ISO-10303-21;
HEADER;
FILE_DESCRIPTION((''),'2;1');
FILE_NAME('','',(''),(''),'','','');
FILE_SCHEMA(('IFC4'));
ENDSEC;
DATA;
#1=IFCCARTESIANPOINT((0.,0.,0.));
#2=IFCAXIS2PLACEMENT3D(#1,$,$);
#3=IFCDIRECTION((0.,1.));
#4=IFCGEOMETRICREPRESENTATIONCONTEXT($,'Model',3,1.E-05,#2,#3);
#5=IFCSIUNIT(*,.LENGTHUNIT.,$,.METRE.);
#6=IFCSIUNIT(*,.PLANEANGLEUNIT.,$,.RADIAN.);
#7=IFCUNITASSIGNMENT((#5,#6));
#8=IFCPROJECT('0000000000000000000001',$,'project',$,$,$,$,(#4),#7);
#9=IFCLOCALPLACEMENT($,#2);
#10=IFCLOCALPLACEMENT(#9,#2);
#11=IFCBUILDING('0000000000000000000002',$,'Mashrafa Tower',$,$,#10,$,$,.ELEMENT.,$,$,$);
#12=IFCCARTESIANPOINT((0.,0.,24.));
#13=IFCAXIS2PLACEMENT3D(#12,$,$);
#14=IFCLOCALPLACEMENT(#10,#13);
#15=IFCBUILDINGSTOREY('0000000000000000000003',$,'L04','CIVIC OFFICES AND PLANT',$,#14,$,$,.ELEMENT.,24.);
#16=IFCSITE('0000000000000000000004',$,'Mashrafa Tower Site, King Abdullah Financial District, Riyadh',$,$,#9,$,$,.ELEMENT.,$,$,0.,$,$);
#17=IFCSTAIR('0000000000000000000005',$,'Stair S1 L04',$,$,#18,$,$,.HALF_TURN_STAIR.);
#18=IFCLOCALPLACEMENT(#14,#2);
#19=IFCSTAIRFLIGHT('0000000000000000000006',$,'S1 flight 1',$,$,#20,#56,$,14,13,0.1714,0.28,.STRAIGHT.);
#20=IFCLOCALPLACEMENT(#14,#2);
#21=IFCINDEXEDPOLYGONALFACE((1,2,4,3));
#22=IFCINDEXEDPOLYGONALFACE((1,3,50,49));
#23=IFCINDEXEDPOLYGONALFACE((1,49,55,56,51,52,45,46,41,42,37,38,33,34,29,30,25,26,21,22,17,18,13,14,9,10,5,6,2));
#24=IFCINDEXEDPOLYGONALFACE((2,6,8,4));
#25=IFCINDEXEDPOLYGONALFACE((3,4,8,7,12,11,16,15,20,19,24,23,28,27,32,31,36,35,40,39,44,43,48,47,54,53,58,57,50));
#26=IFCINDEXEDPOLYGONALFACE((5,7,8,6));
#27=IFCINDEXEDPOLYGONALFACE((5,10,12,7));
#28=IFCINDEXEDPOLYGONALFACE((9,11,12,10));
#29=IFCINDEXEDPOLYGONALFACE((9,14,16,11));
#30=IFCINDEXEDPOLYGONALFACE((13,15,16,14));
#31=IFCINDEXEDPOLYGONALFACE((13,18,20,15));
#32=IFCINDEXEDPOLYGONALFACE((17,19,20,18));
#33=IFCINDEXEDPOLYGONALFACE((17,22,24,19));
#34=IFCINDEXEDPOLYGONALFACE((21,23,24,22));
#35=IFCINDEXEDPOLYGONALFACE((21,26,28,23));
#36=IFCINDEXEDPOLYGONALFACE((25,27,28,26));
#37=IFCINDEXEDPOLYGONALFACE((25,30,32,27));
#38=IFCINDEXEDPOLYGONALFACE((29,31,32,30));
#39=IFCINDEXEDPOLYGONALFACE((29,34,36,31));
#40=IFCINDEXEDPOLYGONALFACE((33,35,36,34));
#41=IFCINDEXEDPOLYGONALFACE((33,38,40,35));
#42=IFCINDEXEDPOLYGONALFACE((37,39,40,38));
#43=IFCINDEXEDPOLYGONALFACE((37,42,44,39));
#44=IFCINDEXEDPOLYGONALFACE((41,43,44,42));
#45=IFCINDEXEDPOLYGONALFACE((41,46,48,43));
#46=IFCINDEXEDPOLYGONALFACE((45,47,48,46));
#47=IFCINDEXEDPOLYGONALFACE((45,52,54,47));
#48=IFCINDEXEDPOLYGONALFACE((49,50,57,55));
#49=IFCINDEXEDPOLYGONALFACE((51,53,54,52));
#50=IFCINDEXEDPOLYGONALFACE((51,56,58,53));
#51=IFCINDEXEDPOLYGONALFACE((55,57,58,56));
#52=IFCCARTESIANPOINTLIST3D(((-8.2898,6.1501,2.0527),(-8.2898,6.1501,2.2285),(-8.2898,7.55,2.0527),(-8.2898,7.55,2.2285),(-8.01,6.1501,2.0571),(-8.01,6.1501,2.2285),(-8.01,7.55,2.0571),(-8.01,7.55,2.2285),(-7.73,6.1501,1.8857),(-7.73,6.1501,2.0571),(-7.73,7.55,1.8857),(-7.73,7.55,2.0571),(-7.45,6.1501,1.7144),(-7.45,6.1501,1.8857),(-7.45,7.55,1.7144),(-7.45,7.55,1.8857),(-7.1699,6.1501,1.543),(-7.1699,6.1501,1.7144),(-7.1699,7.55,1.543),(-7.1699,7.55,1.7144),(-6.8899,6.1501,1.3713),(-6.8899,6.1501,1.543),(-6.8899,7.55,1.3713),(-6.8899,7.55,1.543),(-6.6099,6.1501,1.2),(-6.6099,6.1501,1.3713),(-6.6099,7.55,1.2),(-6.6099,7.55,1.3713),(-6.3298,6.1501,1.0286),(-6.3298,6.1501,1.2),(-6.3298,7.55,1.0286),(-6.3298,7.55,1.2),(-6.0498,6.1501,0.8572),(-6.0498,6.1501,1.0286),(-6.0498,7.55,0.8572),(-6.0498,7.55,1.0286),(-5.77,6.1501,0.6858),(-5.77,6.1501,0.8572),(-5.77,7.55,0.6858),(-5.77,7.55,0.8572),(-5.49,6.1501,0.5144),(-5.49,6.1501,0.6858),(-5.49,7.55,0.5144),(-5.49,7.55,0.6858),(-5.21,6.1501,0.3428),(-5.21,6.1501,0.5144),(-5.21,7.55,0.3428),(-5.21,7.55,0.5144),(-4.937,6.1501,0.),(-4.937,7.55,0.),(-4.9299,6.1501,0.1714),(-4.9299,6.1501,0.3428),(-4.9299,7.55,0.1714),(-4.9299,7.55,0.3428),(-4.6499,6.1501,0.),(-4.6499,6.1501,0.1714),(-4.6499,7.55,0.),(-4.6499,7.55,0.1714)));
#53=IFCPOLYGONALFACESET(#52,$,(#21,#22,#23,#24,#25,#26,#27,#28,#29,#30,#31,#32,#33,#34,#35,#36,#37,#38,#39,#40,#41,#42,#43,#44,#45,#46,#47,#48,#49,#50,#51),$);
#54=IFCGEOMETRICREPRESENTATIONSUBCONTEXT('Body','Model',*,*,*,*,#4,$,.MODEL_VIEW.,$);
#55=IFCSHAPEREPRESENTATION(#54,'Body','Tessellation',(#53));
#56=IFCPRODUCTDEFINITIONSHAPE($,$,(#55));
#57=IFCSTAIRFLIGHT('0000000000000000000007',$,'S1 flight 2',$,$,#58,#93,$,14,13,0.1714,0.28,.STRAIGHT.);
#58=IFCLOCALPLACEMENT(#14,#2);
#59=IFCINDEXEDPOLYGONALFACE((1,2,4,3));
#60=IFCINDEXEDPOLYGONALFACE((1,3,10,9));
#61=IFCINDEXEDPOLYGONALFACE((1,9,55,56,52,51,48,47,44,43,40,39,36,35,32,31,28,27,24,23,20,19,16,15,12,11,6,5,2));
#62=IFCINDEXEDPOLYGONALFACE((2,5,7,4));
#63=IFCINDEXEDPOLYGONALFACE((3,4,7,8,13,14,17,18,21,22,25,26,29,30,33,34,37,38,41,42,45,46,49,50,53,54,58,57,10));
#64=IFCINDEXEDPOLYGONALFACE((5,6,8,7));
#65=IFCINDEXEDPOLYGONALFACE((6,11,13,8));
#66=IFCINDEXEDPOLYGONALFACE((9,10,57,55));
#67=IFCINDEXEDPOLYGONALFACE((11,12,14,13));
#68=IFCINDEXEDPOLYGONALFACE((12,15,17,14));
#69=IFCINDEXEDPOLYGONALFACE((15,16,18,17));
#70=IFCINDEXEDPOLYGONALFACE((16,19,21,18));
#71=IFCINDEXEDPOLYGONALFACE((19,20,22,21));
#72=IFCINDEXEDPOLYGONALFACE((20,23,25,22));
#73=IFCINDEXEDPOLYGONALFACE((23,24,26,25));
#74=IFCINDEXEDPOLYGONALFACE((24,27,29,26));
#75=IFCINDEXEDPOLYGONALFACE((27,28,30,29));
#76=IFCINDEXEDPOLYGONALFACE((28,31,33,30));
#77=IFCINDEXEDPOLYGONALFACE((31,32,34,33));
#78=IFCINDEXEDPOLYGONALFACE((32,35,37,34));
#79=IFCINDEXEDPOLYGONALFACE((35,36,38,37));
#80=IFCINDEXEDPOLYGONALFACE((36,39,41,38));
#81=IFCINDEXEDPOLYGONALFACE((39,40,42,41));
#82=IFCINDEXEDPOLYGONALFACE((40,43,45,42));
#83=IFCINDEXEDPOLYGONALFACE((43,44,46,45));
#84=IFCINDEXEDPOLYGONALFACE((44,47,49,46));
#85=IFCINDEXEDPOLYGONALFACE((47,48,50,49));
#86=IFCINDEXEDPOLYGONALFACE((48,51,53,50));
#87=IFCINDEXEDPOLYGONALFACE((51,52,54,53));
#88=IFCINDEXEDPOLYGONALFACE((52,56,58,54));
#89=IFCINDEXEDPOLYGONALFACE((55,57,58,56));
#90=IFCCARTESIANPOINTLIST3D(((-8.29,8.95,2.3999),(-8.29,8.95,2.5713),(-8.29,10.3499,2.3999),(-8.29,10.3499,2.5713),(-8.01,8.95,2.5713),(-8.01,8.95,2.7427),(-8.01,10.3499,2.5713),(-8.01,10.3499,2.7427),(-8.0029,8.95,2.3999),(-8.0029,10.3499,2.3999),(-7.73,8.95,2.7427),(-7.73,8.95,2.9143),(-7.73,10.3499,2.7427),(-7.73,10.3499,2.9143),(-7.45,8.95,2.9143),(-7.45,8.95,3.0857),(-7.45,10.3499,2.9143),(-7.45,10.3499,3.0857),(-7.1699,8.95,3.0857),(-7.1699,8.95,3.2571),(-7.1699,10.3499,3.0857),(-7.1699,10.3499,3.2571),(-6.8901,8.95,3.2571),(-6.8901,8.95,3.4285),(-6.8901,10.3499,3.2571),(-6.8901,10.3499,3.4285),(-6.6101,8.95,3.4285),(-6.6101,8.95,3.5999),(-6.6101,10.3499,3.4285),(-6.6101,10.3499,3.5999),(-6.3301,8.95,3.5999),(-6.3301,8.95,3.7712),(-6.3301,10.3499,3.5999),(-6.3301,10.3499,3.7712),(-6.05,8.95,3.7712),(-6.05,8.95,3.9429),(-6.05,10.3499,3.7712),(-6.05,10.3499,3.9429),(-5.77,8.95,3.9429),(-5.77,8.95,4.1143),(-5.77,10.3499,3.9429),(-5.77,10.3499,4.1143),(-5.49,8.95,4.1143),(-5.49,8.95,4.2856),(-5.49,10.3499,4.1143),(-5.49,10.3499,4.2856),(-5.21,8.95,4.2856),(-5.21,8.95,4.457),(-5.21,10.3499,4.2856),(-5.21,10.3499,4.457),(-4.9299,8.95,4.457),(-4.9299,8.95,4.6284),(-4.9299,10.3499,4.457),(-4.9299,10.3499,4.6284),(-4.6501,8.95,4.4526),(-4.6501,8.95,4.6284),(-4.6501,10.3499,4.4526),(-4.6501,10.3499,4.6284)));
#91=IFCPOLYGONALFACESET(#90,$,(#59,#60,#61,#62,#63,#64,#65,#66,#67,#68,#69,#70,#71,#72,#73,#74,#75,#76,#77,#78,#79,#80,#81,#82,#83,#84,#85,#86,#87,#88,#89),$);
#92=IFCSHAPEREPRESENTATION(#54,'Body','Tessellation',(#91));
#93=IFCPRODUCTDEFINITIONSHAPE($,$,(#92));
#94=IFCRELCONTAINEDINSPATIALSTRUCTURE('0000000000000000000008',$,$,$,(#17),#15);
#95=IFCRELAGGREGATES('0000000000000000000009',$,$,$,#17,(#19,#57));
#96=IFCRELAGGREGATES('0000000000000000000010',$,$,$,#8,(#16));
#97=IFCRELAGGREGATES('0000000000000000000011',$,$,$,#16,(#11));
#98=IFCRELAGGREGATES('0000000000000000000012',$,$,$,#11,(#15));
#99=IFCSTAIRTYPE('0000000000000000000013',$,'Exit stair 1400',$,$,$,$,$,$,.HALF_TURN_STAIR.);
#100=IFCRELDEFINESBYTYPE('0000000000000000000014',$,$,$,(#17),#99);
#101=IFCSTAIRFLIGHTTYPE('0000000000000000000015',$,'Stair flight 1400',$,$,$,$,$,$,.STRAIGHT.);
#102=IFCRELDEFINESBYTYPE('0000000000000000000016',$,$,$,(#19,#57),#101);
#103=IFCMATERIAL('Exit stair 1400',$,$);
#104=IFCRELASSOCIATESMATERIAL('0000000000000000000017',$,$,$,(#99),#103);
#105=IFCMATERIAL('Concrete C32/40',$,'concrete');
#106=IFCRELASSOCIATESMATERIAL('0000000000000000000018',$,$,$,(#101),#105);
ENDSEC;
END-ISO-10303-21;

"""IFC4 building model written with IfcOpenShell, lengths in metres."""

from ifc_helpers import new_model, si_unit, direction, frame, origin, place, context, subcontext, project, spatial, polyline, outline, extrude, material, type_object, element, aggregate, save


model = new_model("IFC4")

# Units and contexts
model_context = context("Model", 3, precision=1e-05, world=origin(), true_north=direction((0.0, 1.0)))
body_context = subcontext(model_context, "Body", "Model", "MODEL_VIEW")
ifc_project = project(units=[si_unit("LENGTHUNIT", "METRE"), si_unit("PLANEANGLEUNIT", "RADIAN")], contexts=[model_context])

# Site, building, storey
site_placement = place(None, origin())
site = spatial("IfcSite", under=ifc_project, at=site_placement, Name="Mashrafa Tower Site, King Abdullah Financial District, Riyadh", CompositionType="ELEMENT", RefElevation=0.0)
building_placement = place(site_placement, origin())
building = spatial("IfcBuilding", under=site, at=building_placement, Name="Mashrafa Tower", CompositionType="ELEMENT")
storey_placement = place(building_placement, frame((0.0, 0.0, 24.0)))
storey = spatial("IfcBuildingStorey", under=building, at=storey_placement, Name="L04", Description="CIVIC OFFICES AND PLANT", CompositionType="ELEMENT", Elevation=24.0)

# Stair, stair flights
ifc_material_1 = material(Name="Exit stair 1400")
stair_type = type_object("IfcStairType", Name="Exit stair 1400", PredefinedType="HALF_TURN_STAIR", material=ifc_material_1)
stair_placement = place(storey_placement, origin())
stair = element("IfcStair", 1, at=stair_placement, inside=storey, type_object=stair_type, Name="Stair S1 L04", PredefinedType="HALF_TURN_STAIR")
ifc_material_2 = material(Name="Concrete C32/40", Category="concrete")
stair_flight_type = type_object("IfcStairFlightType", Name="Stair flight 1400", PredefinedType="STRAIGHT", material=ifc_material_2)
stair_flight_1_placement = place(storey_placement, frame((-4.6499, 6.8501, 0.0), z_axis=(0.0, 0.0, 1.0), x_axis=(-1.0, 0.0, 0.0)))
stair_flight_1 = element("IfcStairFlight", 2, at=stair_flight_1_placement, type_object=stair_flight_type, Name="S1 flight 1", NumberOfRisers=14, NumberOfTreads=13, PredefinedType="STRAIGHT", RiserHeight=0.1714, TreadLength=0.28, context=body_context, shape_type="SweptSolid", body=[
    extrude(outline(polyline([(0.0, 0.0), (0.0, 0.1714), (0.28, 0.1714), (0.28, 0.3428), (0.5601, 0.3428), (0.5601, 0.5144), (0.8401, 0.5144), (0.8401, 0.6858), (1.1201, 0.6858), (1.1201, 0.8572), (1.3999, 0.8572), (1.3999, 1.0286), (1.6799, 1.0286), (1.6799, 1.2), (1.96, 1.2), (1.96, 1.3713), (2.24, 1.3713), (2.24, 1.543), (2.52, 1.543), (2.52, 1.7144), (2.8, 1.7144), (2.8, 1.8857), (3.0801, 1.8857), (3.0801, 2.0571), (3.3601, 2.0571), (3.3601, 2.2285), (3.6399, 2.2285), (3.6399, 2.3999), (3.6399, 2.0527), (0.2871, 0.0), (0.0, 0.0)])), frame((0.0, 0.7, 0.0), z_axis=(0.0, -1.0, 0.0), x_axis=(1.0, 0.0, 0.0)), (0.0, 0.0, 1.0), 1.3999),
])
stair_flight_2_placement = place(storey_placement, frame((-8.29, 9.6499, 2.3999), z_axis=(0.0, 0.0, 1.0), x_axis=(1.0, 0.0, 0.0)))
stair_flight_2 = element("IfcStairFlight", 3, at=stair_flight_2_placement, type_object=stair_flight_type, Name="S1 flight 2", NumberOfRisers=14, NumberOfTreads=13, PredefinedType="STRAIGHT", RiserHeight=0.1714, TreadLength=0.28, context=body_context, shape_type="SweptSolid", body=[
    extrude(outline(polyline([(0.0, 0.0), (0.0, 0.1714), (0.28, 0.1714), (0.28, 0.3428), (0.5601, 0.3428), (0.5601, 0.5144), (0.8401, 0.5144), (0.8401, 0.6858), (1.1201, 0.6858), (1.1201, 0.8572), (1.3999, 0.8572), (1.3999, 1.0286), (1.6799, 1.0286), (1.6799, 1.2), (1.96, 1.2), (1.96, 1.3713), (2.24, 1.3713), (2.24, 1.543), (2.52, 1.543), (2.52, 1.7144), (2.8, 1.7144), (2.8, 1.8857), (3.0801, 1.8857), (3.0801, 2.0571), (3.3601, 2.0571), (3.3601, 2.2285), (3.6399, 2.2285), (3.6399, 2.3999), (3.6399, 2.0527), (0.2871, 0.0), (0.0, 0.0)])), frame((0.0, 0.7, 0.0), z_axis=(0.0, -1.0, 0.0), x_axis=(1.0, 0.0, 0.0)), (0.0, 0.0, 1.0), 1.3999),
])
aggregate(stair, [stair_flight_1, stair_flight_2])

save(model, "model.ifc")
